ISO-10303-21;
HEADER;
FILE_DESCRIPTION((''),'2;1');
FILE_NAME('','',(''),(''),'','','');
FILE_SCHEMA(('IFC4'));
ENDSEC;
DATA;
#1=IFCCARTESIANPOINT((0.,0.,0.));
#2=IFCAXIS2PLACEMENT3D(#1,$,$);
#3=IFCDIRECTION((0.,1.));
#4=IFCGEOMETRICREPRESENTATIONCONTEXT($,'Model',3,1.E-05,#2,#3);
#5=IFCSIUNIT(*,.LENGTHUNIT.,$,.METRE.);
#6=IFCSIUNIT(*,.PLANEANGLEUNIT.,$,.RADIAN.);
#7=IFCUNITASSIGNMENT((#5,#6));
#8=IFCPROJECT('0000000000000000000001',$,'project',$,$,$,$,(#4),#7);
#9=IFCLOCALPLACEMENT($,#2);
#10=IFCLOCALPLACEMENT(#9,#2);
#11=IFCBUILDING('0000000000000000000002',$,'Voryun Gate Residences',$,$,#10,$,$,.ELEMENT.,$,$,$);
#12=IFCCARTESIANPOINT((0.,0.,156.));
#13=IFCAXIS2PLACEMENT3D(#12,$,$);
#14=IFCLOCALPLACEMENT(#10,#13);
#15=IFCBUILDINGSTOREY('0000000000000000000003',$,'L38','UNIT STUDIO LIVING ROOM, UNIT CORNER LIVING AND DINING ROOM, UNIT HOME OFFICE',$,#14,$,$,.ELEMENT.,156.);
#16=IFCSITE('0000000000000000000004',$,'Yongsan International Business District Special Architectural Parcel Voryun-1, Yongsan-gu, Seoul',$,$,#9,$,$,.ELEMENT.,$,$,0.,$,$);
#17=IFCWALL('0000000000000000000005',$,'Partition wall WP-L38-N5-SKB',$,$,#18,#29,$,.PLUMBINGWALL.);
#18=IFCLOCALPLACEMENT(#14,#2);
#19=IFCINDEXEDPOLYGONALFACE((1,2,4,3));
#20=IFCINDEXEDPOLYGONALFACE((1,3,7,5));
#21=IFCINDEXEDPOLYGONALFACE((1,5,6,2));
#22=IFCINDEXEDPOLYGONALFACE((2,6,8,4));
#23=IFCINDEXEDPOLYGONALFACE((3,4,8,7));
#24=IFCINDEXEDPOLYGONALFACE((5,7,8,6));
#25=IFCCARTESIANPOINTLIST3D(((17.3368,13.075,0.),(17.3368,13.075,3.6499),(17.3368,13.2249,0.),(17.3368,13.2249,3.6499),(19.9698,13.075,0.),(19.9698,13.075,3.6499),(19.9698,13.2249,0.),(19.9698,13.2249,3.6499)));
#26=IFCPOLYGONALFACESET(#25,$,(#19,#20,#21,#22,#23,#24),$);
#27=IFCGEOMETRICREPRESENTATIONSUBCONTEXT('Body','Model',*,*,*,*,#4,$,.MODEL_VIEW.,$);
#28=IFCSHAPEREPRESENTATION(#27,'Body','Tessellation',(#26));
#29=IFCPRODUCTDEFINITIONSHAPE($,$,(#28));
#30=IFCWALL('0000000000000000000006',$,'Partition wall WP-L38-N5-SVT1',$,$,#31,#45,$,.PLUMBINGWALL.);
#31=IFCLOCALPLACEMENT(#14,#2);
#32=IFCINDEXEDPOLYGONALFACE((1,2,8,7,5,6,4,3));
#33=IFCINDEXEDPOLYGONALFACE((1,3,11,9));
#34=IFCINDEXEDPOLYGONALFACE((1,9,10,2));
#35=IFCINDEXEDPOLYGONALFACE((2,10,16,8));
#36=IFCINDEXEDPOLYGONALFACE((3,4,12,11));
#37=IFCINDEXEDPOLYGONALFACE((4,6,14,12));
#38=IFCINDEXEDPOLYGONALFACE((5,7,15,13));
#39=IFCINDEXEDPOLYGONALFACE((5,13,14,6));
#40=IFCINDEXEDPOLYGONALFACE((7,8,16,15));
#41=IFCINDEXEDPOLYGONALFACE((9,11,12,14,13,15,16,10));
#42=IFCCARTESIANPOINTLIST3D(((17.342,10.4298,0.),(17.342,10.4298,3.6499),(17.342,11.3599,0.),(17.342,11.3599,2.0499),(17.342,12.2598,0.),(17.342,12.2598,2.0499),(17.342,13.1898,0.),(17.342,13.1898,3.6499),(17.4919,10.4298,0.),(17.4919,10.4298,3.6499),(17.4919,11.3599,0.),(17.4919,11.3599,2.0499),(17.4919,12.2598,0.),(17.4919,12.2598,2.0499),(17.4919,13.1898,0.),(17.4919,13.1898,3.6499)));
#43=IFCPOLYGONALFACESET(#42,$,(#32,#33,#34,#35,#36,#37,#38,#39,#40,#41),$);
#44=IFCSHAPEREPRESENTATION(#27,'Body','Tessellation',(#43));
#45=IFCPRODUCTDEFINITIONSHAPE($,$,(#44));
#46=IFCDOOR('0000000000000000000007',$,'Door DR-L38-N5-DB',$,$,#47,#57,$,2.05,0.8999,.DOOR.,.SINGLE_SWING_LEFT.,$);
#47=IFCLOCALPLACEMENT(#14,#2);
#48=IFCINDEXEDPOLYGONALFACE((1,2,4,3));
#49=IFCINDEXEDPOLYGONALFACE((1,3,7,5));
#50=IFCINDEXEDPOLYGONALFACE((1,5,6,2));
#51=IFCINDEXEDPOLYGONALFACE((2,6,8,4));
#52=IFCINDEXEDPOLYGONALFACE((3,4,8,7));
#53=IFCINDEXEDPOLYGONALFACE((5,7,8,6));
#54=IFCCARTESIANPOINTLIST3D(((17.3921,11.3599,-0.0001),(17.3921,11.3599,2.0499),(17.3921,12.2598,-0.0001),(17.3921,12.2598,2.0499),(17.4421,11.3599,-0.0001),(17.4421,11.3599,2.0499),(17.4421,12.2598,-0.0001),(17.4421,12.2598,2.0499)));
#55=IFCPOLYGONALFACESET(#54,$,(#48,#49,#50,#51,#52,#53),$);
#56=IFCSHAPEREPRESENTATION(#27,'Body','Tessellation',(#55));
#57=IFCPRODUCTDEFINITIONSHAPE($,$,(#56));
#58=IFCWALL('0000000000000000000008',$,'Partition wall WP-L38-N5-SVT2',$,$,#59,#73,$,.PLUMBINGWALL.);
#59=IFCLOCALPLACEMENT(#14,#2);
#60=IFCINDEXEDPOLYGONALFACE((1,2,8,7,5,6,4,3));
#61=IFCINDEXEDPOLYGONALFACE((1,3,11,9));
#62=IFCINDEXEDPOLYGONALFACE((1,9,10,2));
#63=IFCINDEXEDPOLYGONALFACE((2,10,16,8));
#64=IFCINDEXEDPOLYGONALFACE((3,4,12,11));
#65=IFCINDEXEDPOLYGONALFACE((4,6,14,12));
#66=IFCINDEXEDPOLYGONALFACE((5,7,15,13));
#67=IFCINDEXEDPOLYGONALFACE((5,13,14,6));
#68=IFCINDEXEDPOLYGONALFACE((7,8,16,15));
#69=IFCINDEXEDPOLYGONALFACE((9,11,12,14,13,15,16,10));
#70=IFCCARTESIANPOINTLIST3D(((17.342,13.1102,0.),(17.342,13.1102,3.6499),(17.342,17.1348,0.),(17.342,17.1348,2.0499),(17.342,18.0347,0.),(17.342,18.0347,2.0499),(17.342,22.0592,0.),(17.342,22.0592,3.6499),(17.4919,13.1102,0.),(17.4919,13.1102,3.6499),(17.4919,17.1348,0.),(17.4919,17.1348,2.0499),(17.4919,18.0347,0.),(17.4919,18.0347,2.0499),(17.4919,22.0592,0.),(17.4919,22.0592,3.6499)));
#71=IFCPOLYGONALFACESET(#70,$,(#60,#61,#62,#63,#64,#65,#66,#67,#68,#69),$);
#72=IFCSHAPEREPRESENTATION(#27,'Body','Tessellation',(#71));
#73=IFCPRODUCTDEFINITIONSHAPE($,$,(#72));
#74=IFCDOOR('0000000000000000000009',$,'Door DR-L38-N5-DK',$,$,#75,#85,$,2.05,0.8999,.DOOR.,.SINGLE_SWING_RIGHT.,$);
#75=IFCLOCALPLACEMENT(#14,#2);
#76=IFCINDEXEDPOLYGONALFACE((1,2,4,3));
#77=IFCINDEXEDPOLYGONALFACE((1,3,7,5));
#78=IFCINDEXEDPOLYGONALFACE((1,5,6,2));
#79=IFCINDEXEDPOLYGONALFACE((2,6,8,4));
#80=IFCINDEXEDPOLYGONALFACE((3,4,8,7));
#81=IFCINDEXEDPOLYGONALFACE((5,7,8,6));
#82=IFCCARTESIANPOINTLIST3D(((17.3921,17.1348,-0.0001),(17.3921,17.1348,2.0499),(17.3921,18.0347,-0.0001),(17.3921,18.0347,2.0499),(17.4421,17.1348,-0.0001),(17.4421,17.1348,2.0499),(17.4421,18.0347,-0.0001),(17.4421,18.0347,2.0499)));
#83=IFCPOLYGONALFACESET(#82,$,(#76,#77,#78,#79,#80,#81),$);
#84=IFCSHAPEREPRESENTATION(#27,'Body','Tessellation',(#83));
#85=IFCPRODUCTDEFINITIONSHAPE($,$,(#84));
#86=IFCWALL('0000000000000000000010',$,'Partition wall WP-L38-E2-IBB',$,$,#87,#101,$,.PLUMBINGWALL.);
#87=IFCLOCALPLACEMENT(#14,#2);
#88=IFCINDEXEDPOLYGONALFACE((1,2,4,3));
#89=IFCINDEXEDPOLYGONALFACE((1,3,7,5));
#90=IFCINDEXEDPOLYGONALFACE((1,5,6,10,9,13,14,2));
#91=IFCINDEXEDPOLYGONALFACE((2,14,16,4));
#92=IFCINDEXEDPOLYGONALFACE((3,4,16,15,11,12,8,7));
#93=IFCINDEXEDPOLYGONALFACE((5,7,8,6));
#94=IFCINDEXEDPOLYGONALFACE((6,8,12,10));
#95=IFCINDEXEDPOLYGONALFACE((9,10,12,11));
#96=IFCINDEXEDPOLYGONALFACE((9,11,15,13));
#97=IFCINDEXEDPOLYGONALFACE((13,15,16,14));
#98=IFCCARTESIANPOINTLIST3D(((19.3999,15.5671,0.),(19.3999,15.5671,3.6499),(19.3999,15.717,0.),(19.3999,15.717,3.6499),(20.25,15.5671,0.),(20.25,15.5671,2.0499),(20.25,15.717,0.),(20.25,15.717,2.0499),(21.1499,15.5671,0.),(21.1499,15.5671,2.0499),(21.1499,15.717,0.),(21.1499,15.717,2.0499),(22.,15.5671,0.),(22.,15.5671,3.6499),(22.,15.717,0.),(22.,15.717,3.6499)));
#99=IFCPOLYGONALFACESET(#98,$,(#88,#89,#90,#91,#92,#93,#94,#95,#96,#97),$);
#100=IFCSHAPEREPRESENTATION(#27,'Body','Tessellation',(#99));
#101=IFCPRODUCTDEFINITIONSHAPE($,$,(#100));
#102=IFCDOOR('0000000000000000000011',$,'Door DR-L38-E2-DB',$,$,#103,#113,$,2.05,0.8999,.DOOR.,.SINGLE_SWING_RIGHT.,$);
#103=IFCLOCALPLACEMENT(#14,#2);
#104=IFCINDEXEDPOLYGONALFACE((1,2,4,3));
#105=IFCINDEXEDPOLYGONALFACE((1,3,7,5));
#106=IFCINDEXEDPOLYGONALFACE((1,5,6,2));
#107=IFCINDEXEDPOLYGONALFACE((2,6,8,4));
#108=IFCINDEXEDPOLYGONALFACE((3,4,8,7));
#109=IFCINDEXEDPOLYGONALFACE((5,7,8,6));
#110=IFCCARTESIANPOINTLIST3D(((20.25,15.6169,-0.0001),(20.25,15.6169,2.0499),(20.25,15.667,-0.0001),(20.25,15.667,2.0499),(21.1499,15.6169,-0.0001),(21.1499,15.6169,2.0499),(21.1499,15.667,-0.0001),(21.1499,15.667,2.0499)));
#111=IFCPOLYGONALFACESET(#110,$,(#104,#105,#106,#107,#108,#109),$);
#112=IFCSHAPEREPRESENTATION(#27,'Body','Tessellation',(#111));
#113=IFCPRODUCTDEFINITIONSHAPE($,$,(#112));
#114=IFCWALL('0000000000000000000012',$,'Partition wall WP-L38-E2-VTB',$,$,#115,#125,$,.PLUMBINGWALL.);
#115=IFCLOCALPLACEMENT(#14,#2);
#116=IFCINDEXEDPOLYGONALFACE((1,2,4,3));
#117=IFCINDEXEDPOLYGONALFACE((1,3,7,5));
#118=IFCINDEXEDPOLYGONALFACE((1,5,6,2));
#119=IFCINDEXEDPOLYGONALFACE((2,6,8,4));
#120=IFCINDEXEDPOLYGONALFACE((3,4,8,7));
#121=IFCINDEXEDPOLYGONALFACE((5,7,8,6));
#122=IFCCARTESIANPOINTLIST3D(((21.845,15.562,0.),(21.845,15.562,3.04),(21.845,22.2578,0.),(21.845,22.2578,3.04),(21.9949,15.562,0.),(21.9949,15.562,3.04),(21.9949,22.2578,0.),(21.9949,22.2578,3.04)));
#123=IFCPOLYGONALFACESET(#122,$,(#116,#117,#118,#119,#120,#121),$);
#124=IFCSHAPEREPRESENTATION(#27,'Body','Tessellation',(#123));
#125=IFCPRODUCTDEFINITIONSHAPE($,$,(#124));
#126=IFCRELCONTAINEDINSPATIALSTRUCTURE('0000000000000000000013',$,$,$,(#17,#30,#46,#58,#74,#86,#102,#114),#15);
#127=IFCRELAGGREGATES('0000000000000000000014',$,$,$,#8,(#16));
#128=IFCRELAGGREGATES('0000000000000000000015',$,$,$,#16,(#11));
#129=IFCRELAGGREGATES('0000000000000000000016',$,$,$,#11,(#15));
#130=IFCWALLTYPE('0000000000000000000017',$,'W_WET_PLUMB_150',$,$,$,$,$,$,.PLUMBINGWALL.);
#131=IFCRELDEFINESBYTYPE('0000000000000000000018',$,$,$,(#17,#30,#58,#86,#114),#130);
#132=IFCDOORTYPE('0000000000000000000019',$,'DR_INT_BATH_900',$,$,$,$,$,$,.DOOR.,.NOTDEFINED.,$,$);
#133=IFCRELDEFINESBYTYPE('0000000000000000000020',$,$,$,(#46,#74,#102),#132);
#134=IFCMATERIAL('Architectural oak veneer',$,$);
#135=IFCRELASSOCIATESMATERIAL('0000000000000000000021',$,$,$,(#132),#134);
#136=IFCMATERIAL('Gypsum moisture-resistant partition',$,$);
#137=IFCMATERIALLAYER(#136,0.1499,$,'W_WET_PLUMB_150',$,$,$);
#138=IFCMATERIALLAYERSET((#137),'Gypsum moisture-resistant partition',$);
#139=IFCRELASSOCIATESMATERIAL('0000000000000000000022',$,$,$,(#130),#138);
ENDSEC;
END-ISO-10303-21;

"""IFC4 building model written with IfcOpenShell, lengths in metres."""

from ifc_helpers import new_model, si_unit, direction, frame, frame_2d, origin, place, context, subcontext, project, spatial, rectangle, extrude, material, layer, layer_set, type_object, element, fill, save


model = new_model("IFC4")

# Units and contexts
model_context = context("Model", 3, precision=1e-05, world=origin(), true_north=direction((0.0, 1.0)))
body_context = subcontext(model_context, "Body", "Model", "MODEL_VIEW")
ifc_project = project(units=[si_unit("LENGTHUNIT", "METRE"), si_unit("PLANEANGLEUNIT", "RADIAN")], contexts=[model_context])

# Site, building, storey
site_placement = place(None, origin())
site = spatial("IfcSite", under=ifc_project, at=site_placement, Name="Yongsan International Business District Special Architectural Parcel Voryun-1, Yongsan-gu, Seoul", CompositionType="ELEMENT", RefElevation=0.0)
building_placement = place(site_placement, origin())
building = spatial("IfcBuilding", under=site, at=building_placement, Name="Voryun Gate Residences", CompositionType="ELEMENT")
storey_placement = place(building_placement, frame((0.0, 0.0, 156.0)))
storey = spatial("IfcBuildingStorey", under=building, at=storey_placement, Name="L38", Description="UNIT STUDIO LIVING ROOM, UNIT CORNER LIVING AND DINING ROOM, UNIT HOME OFFICE", CompositionType="ELEMENT", Elevation=156.0)

# Shared definitions
ifc_material_1 = material(Name="Architectural oak veneer")
door_type_1 = type_object("IfcDoorType", Name="DR_INT_BATH_900", OperationType="NOTDEFINED", PredefinedType="DOOR", material=ifc_material_1)

# Wall
ifc_material_2 = material(Name="Gypsum moisture-resistant partition")
ifc_layer_1 = layer(ifc_material_2, 0.1499, Name="W_WET_PLUMB_150")
ifc_layer_set_1 = layer_set([ifc_layer_1], Name="Gypsum moisture-resistant partition")
wall_type_1 = type_object("IfcWallType", Name="W_WET_PLUMB_150", PredefinedType="PLUMBINGWALL", material=ifc_layer_set_1)
wall_1_placement = place(storey_placement, frame((17.3369, 13.1499, 0.0), z_axis=(0.0, 0.0, 1.0), x_axis=(1.0, 0.0, 0.0)))
element("IfcWall", 1, at=wall_1_placement, inside=storey, type_object=wall_type_1, Name="Partition wall WP-L38-N5-SKB", PredefinedType="PLUMBINGWALL", context=body_context, shape_type="SweptSolid", body=[
    extrude(rectangle(XDim=2.6331, YDim=0.1499, at=frame_2d((1.3164, 0.0))), origin(), (0.0, 0.0, 1.0), 3.6499),
])

# Walls, openings, doors
wall_2_placement = place(storey_placement, frame((17.417, 10.4299, 0.0), z_axis=(0.0, 0.0, 1.0), x_axis=(0.0, 1.0, 0.0)))
wall_2 = element("IfcWall", 2, at=wall_2_placement, inside=storey, type_object=wall_type_1, Name="Partition wall WP-L38-N5-SVT1", PredefinedType="PLUMBINGWALL", context=body_context, shape_type="SweptSolid", body=[
    extrude(rectangle(XDim=2.76, YDim=0.1499, at=frame_2d((1.3799, 0.0))), origin(), (0.0, 0.0, 1.0), 3.6499),
])
opening_1_placement = place(wall_2_placement, frame((0.9299, 0.0, 0.0)))
opening_1 = element("IfcOpeningElement", 3, at=opening_1_placement, cuts=wall_2, PredefinedType="OPENING", context=body_context, shape_type="SweptSolid", body=[
    extrude(rectangle(XDim=0.8999, YDim=2.05, at=frame_2d((0.45, 1.0249))), frame((0.0, 0.085, 0.0), z_axis=(0.0, -1.0, 0.0), x_axis=(1.0, 0.0, 0.0)), (0.0, 0.0, 1.0), 0.1699),
])
door_1_placement = place(opening_1_placement, origin())
door_1 = element("IfcDoor", 4, at=door_1_placement, inside=storey, type_object=door_type_1, Name="Door DR-L38-N5-DB", OperationType="SINGLE_SWING_LEFT", OverallHeight=2.05, OverallWidth=0.8999, PredefinedType="DOOR", context=body_context, shape_type="SweptSolid", body=[
    extrude(rectangle(XDim=0.8999, YDim=2.05, at=frame_2d((0.45, 1.0249))), frame((0.0, 0.0249, 0.0), z_axis=(0.0, -1.0, 0.0), x_axis=(1.0, 0.0, 0.0)), (0.0, 0.0, 1.0), 0.05),
])
fill(opening_1, door_1)
wall_3_placement = place(storey_placement, frame((17.417, 13.1101, 0.0), z_axis=(0.0, 0.0, 1.0), x_axis=(0.0, 1.0, 0.0)))
wall_3 = element("IfcWall", 5, at=wall_3_placement, inside=storey, type_object=wall_type_1, Name="Partition wall WP-L38-N5-SVT2", PredefinedType="PLUMBINGWALL", context=body_context, shape_type="SweptSolid", body=[
    extrude(rectangle(XDim=8.949, YDim=0.1499, at=frame_2d((4.4746, 0.0))), origin(), (0.0, 0.0, 1.0), 3.6499),
])
opening_2_placement = place(wall_3_placement, frame((4.0247, 0.0, 0.0)))
opening_2 = element("IfcOpeningElement", 6, at=opening_2_placement, cuts=wall_3, PredefinedType="OPENING", context=body_context, shape_type="SweptSolid", body=[
    extrude(rectangle(XDim=0.8999, YDim=2.05, at=frame_2d((0.45, 1.0249))), frame((0.0, 0.085, 0.0), z_axis=(0.0, -1.0, 0.0), x_axis=(1.0, 0.0, 0.0)), (0.0, 0.0, 1.0), 0.1699),
])
door_2_placement = place(opening_2_placement, origin())
door_2 = element("IfcDoor", 7, at=door_2_placement, inside=storey, type_object=door_type_1, Name="Door DR-L38-N5-DK", OperationType="SINGLE_SWING_RIGHT", OverallHeight=2.05, OverallWidth=0.8999, PredefinedType="DOOR", context=body_context, shape_type="SweptSolid", body=[
    extrude(rectangle(XDim=0.8999, YDim=2.05, at=frame_2d((0.45, 1.0249))), frame((0.0, 0.0249, 0.0), z_axis=(0.0, -1.0, 0.0), x_axis=(1.0, 0.0, 0.0)), (0.0, 0.0, 1.0), 0.05),
])
fill(opening_2, door_2)
wall_4_placement = place(storey_placement, frame((19.3999, 15.6421, 0.0), z_axis=(0.0, 0.0, 1.0), x_axis=(1.0, 0.0, 0.0)))
wall_4 = element("IfcWall", 8, at=wall_4_placement, inside=storey, type_object=wall_type_1, Name="Partition wall WP-L38-E2-IBB", PredefinedType="PLUMBINGWALL", context=body_context, shape_type="SweptSolid", body=[
    extrude(rectangle(XDim=2.6001, YDim=0.1499, at=frame_2d((1.3, 0.0))), origin(), (0.0, 0.0, 1.0), 3.6499),
])
opening_3_placement = place(wall_4_placement, frame((0.8501, 0.0, 0.0)))
opening_3 = element("IfcOpeningElement", 9, at=opening_3_placement, cuts=wall_4, PredefinedType="OPENING", context=body_context, shape_type="SweptSolid", body=[
    extrude(rectangle(XDim=0.8999, YDim=2.05, at=frame_2d((0.45, 1.0249))), frame((0.0, 0.085, 0.0), z_axis=(0.0, -1.0, 0.0), x_axis=(1.0, 0.0, 0.0)), (0.0, 0.0, 1.0), 0.1699),
])
door_3_placement = place(opening_3_placement, origin())
door_3 = element("IfcDoor", 10, at=door_3_placement, inside=storey, type_object=door_type_1, Name="Door DR-L38-E2-DB", OperationType="SINGLE_SWING_RIGHT", OverallHeight=2.05, OverallWidth=0.8999, PredefinedType="DOOR", context=body_context, shape_type="SweptSolid", body=[
    extrude(rectangle(XDim=0.8999, YDim=2.05, at=frame_2d((0.45, 1.0249))), frame((0.0, 0.0249, 0.0), z_axis=(0.0, -1.0, 0.0), x_axis=(1.0, 0.0, 0.0)), (0.0, 0.0, 1.0), 0.05),
])
fill(opening_3, door_3)

# Wall
wall_5_placement = place(storey_placement, frame((21.9199, 15.562, 0.0), z_axis=(0.0, 0.0, 1.0), x_axis=(0.0, 1.0, 0.0)))
element("IfcWall", 11, at=wall_5_placement, inside=storey, type_object=wall_type_1, Name="Partition wall WP-L38-E2-VTB", PredefinedType="PLUMBINGWALL", context=body_context, shape_type="SweptSolid", body=[
    extrude(rectangle(XDim=6.6958, YDim=0.1499, at=frame_2d((3.3479, 0.0))), origin(), (0.0, 0.0, 1.0), 3.04),
])

save(model, "model.ifc")
